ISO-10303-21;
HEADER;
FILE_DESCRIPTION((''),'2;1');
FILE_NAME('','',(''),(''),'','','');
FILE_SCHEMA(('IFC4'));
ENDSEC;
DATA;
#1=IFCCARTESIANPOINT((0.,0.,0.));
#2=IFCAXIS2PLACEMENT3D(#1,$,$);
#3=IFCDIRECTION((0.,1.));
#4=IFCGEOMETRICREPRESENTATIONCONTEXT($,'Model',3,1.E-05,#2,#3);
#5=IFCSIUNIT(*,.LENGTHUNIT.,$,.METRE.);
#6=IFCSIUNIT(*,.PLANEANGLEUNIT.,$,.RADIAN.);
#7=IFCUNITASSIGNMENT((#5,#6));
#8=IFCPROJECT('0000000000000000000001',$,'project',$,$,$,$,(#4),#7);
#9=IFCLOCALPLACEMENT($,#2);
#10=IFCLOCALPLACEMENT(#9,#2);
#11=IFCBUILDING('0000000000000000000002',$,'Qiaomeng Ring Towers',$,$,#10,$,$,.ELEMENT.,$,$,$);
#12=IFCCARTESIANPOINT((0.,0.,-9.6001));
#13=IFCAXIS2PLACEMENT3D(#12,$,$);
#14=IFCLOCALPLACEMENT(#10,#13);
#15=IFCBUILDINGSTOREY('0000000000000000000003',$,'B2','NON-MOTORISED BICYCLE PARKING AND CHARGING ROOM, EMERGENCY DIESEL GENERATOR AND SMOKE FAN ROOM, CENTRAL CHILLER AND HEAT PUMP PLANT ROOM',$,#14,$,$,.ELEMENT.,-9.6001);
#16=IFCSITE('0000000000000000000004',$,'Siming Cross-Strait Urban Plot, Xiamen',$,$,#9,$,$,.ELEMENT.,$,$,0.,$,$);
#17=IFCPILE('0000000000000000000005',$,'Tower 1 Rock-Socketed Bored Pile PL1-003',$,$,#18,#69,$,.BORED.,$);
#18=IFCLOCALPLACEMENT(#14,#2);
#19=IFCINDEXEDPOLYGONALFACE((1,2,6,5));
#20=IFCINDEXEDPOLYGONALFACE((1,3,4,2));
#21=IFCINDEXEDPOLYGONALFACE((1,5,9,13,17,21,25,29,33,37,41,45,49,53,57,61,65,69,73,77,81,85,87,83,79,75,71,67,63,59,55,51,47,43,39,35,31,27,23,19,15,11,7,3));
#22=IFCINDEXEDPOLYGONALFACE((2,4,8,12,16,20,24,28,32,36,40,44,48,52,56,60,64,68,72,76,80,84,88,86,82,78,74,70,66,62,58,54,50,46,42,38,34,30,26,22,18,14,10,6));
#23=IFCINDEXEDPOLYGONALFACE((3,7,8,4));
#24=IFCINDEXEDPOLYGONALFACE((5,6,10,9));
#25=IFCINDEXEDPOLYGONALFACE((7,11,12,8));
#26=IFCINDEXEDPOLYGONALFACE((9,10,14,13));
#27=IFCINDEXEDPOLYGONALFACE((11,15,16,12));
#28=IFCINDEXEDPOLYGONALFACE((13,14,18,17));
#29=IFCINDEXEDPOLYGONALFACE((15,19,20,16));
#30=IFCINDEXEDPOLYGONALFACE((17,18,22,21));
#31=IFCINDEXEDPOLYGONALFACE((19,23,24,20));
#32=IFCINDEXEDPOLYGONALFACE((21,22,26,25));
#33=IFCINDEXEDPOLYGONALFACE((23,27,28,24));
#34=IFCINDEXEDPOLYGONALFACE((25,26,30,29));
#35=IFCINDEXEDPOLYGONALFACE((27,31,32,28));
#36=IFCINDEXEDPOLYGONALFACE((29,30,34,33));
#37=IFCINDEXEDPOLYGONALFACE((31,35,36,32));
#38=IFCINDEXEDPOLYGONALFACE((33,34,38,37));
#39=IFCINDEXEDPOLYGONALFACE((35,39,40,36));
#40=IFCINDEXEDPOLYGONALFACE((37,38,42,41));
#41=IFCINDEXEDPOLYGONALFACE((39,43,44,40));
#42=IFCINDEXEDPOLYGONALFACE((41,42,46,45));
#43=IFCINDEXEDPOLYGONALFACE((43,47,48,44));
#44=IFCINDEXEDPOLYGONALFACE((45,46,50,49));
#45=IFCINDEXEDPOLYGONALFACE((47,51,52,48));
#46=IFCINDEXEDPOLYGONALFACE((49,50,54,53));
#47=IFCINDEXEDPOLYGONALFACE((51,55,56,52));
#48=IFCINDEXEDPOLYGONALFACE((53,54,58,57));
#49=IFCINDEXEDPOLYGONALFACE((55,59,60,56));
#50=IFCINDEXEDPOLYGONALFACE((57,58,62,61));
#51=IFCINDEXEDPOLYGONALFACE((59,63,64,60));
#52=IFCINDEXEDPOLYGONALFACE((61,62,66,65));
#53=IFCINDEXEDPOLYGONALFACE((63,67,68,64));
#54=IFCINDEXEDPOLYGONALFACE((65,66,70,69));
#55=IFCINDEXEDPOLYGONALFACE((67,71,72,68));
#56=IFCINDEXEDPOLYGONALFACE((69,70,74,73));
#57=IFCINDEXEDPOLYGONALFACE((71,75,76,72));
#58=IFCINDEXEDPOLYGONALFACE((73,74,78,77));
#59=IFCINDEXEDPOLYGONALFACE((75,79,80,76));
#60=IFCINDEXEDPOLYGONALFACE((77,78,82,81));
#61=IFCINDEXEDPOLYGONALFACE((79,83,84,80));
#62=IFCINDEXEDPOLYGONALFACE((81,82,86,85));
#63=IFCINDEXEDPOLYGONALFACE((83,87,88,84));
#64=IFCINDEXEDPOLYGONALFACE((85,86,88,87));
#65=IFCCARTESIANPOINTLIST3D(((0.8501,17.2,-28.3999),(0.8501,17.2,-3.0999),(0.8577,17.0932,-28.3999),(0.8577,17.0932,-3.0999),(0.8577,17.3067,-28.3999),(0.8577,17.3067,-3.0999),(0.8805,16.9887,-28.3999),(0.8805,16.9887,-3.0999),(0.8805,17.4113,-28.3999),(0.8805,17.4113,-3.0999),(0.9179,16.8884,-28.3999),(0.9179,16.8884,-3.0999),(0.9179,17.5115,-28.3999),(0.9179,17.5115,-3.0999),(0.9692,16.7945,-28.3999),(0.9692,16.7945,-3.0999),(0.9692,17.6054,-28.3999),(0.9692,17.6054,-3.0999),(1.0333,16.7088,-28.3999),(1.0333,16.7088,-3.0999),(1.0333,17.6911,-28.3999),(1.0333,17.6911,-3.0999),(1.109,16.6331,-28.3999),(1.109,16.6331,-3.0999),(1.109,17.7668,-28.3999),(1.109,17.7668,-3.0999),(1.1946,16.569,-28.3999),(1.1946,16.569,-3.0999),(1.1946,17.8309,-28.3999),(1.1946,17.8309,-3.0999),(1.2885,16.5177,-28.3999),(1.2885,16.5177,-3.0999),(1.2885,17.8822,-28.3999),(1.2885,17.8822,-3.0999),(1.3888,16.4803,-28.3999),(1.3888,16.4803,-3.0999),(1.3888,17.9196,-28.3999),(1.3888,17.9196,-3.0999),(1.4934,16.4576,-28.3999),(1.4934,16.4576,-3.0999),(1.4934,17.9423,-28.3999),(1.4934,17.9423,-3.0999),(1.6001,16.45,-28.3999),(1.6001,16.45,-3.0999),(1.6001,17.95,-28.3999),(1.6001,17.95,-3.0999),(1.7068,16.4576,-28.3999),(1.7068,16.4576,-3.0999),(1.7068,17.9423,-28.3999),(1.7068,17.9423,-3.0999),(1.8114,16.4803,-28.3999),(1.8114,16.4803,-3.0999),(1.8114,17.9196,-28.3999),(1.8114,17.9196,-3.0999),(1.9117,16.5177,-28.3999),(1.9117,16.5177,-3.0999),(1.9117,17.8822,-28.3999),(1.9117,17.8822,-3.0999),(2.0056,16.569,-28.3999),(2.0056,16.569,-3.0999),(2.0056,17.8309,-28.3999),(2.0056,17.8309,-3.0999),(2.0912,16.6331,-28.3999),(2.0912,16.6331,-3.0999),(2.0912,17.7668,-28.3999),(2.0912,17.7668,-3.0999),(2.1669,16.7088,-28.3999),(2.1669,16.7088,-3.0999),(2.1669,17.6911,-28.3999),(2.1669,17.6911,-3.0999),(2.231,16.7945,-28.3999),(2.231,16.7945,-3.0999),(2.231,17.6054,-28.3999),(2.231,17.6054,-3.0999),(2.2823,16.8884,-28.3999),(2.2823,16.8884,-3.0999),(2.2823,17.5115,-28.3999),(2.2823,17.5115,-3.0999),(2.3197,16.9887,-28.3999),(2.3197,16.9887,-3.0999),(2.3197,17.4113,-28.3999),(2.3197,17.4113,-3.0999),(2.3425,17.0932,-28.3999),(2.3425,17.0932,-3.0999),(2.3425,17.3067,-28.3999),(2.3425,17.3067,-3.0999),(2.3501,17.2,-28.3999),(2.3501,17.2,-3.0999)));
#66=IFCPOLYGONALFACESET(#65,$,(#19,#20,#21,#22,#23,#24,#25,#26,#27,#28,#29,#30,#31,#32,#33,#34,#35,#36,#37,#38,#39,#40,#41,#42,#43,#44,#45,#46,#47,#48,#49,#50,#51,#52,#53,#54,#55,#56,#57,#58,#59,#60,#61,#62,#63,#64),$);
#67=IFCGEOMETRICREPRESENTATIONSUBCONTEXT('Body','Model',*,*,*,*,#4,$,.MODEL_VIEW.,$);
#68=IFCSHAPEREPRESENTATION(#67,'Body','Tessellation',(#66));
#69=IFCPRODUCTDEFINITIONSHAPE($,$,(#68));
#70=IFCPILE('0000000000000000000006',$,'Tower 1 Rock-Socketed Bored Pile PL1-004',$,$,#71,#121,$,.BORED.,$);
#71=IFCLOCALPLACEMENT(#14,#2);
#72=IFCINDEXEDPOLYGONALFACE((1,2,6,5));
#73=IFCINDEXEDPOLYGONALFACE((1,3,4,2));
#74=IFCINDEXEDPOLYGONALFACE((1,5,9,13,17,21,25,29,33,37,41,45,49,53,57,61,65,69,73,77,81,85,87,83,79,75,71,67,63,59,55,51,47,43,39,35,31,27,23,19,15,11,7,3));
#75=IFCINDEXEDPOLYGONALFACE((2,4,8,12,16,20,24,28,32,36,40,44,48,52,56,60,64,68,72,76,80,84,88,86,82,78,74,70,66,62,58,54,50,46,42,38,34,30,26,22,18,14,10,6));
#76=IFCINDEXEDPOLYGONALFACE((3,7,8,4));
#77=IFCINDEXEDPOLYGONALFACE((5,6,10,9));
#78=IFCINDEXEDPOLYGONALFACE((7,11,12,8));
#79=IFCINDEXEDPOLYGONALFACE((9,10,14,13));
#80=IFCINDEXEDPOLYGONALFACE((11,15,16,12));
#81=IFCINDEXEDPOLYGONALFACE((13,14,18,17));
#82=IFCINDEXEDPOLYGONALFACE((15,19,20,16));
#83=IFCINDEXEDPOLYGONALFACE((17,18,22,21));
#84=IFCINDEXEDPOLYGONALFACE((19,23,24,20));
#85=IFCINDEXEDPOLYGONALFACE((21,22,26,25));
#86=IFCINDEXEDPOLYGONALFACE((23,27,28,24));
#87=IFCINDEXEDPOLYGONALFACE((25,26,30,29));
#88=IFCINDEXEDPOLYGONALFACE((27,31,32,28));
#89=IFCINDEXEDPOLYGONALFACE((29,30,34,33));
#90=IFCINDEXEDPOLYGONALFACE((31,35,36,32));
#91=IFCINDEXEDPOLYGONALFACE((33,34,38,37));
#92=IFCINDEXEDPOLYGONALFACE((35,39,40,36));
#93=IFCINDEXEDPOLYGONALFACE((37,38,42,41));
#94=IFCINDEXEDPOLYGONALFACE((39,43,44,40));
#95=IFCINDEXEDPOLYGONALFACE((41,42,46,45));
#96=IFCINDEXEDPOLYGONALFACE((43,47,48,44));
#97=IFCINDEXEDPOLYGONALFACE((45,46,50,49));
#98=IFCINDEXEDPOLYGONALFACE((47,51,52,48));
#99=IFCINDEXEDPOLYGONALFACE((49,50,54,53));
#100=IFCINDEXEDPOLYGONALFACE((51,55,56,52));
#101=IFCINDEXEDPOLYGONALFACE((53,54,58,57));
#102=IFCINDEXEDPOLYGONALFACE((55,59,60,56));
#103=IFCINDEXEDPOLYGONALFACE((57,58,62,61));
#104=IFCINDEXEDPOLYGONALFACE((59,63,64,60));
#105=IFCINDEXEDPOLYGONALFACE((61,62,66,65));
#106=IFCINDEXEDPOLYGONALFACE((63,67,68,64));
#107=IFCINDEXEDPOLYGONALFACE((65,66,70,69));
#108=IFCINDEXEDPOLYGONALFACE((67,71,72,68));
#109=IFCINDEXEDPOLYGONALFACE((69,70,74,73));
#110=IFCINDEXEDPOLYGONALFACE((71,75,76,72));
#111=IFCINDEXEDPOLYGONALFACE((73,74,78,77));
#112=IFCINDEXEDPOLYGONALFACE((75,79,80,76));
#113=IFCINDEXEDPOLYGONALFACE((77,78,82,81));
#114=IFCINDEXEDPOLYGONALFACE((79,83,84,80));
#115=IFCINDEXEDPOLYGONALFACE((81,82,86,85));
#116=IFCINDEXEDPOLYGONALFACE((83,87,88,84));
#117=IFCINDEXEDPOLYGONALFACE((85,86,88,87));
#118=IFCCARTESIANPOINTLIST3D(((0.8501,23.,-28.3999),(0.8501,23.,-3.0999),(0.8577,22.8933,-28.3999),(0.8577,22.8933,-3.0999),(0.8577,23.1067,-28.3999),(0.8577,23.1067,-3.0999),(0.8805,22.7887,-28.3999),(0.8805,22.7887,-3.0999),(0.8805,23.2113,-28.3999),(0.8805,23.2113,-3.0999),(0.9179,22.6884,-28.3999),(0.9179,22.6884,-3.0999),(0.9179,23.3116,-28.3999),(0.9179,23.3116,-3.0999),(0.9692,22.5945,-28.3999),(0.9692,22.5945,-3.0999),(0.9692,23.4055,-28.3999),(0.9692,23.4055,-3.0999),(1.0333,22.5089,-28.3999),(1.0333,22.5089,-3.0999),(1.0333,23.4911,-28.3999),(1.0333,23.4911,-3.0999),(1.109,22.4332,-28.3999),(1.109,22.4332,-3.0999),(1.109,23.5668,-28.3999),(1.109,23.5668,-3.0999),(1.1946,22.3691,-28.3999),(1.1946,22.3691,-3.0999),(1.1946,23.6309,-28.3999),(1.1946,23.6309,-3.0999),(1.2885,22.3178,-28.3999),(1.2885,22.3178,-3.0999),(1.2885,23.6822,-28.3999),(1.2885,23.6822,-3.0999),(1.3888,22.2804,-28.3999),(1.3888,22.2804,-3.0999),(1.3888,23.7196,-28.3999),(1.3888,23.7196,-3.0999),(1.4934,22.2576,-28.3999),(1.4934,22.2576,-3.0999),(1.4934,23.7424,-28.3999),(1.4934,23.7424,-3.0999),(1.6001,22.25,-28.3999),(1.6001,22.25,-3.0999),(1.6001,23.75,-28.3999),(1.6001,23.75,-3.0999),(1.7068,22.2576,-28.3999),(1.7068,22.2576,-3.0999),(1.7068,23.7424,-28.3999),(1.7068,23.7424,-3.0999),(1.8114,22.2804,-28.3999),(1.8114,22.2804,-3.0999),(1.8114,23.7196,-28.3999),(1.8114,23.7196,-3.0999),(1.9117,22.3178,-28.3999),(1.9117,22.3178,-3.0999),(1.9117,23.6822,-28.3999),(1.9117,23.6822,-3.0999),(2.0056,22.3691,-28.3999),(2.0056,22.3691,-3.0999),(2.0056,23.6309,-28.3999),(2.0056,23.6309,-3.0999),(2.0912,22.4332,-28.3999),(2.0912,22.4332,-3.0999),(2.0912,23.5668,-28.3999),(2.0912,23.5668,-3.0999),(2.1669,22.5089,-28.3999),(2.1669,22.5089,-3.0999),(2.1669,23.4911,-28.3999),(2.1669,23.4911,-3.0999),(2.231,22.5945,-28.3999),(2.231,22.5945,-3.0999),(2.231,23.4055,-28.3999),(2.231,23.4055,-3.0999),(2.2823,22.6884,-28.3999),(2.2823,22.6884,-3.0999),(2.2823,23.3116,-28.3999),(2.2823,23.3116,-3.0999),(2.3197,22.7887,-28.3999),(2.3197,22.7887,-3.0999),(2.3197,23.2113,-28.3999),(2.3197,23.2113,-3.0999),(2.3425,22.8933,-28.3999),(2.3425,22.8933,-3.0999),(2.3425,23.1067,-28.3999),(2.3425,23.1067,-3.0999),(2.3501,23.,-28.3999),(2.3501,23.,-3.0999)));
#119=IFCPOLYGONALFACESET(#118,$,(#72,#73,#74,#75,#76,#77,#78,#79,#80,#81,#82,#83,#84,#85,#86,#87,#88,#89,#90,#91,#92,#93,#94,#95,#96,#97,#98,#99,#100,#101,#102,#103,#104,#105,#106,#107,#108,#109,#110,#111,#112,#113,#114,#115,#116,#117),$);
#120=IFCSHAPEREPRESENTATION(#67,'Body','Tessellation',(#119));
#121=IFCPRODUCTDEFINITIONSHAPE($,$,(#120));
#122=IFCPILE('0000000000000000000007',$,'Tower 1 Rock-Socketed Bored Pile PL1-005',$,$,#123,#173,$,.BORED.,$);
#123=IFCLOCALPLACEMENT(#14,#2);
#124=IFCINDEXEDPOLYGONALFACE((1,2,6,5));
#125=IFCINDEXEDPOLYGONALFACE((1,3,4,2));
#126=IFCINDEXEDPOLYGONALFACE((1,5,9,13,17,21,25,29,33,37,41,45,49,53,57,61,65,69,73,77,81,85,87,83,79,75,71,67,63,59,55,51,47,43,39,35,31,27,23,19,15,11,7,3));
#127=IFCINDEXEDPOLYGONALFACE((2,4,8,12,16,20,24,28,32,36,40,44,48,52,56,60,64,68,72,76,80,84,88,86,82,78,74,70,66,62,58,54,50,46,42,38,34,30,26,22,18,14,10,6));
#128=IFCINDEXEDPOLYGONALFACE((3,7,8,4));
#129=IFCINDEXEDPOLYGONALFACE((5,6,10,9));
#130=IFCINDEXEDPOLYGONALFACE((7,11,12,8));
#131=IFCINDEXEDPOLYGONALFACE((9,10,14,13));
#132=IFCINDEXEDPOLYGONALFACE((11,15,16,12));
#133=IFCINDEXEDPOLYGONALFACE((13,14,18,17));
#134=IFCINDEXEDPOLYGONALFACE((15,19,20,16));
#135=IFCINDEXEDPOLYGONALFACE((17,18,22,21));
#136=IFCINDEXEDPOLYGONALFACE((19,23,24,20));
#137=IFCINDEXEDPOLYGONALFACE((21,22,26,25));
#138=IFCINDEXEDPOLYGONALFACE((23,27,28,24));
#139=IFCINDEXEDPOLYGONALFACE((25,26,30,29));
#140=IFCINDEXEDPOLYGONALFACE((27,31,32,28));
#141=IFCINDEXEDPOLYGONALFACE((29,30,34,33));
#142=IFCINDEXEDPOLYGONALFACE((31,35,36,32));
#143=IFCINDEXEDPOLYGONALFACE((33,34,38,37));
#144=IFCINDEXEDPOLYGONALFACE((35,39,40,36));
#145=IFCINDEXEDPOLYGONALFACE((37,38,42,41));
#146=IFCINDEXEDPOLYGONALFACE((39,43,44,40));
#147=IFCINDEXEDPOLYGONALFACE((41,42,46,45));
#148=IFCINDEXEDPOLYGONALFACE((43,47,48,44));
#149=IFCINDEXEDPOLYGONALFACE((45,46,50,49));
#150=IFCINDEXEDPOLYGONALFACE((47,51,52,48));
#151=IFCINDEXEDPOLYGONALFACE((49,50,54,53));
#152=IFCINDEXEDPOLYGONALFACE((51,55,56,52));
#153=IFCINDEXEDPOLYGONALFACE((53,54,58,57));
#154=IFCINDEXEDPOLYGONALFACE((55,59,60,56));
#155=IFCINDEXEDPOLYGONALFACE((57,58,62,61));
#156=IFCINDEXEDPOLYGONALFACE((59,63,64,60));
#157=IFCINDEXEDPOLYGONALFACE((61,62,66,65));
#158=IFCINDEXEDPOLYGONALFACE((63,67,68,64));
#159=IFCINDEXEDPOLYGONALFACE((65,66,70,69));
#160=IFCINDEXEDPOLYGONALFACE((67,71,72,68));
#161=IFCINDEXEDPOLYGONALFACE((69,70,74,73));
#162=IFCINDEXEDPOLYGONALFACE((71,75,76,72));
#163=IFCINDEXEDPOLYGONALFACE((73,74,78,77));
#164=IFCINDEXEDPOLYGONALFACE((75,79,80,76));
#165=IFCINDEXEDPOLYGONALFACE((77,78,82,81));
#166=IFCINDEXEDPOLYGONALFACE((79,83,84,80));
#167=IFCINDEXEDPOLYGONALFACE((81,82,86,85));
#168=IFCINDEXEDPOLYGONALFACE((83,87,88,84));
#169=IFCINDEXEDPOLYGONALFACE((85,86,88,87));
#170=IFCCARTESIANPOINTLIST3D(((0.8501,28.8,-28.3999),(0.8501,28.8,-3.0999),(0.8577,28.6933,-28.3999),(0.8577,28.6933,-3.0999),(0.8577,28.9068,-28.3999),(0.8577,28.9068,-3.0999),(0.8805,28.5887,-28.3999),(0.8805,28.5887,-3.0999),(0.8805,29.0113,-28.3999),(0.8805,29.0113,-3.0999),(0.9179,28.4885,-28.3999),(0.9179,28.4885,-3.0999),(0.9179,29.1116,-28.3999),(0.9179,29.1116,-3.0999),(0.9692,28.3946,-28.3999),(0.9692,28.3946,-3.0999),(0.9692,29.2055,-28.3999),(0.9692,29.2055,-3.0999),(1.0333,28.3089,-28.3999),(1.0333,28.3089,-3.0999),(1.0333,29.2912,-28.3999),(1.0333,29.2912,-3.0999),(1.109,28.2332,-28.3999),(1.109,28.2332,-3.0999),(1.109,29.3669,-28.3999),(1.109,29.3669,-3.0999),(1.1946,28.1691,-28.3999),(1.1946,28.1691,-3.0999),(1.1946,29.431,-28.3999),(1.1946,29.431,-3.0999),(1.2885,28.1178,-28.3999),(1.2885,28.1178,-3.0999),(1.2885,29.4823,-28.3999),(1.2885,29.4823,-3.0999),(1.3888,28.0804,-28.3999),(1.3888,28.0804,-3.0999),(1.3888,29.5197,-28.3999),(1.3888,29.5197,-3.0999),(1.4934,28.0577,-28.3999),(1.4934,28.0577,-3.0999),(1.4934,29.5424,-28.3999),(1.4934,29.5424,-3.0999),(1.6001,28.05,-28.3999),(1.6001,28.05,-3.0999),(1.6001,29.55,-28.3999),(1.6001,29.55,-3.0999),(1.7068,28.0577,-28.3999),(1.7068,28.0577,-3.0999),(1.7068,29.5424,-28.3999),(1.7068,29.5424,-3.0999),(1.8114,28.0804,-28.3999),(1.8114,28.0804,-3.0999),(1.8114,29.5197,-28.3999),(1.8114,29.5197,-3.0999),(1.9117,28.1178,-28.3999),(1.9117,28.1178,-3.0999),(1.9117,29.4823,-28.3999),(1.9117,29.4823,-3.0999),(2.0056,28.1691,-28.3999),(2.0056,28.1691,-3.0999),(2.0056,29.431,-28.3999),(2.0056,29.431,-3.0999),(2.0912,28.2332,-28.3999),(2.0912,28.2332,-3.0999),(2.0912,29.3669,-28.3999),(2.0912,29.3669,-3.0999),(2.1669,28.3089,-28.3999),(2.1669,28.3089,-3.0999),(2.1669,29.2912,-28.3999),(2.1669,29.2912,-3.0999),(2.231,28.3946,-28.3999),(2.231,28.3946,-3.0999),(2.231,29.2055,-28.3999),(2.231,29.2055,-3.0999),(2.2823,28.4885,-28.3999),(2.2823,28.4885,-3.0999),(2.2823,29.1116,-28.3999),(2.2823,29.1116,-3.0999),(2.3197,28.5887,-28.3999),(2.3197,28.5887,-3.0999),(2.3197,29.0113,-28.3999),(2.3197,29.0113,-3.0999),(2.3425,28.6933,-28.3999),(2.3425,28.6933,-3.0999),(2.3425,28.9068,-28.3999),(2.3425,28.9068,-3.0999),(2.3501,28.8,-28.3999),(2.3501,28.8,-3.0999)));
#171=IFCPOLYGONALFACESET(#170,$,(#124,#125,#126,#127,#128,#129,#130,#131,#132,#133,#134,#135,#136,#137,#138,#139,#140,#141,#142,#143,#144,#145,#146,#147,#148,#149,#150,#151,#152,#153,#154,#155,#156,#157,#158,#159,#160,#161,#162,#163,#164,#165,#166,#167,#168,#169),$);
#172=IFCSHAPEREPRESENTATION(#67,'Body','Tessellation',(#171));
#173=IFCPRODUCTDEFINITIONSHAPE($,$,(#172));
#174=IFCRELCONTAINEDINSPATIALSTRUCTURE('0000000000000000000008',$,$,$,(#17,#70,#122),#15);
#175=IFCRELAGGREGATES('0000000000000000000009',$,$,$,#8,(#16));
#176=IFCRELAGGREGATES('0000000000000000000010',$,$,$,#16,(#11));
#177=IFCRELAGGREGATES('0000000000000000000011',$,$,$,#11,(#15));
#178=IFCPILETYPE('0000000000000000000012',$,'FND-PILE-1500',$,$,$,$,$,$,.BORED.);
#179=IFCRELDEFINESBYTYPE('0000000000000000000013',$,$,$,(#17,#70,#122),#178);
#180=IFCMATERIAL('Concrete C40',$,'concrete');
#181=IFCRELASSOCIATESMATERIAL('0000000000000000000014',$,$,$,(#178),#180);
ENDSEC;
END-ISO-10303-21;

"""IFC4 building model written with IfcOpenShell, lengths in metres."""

from ifc_helpers import new_model, si_unit, direction, frame, origin, origin_2d, place, context, subcontext, project, spatial, circle, extrude, source, transform, mapped, material, material_profile, profile_set, type_object, element, save


model = new_model("IFC4")

# Units and contexts
model_context = context("Model", 3, precision=1e-05, world=origin(), true_north=direction((0.0, 1.0)))
body_context = subcontext(model_context, "Body", "Model", "MODEL_VIEW")
ifc_project = project(units=[si_unit("LENGTHUNIT", "METRE"), si_unit("PLANEANGLEUNIT", "RADIAN")], contexts=[model_context])

# Site, building, storey
site_placement = place(None, origin())
site = spatial("IfcSite", under=ifc_project, at=site_placement, Name="Siming Cross-Strait Urban Plot, Xiamen", CompositionType="ELEMENT", RefElevation=0.0)
building_placement = place(site_placement, origin())
building = spatial("IfcBuilding", under=site, at=building_placement, Name="Qiaomeng Ring Towers", CompositionType="ELEMENT")
storey_placement = place(building_placement, frame((0.0, 0.0, -9.6001)))
storey = spatial("IfcBuildingStorey", under=building, at=storey_placement, Name="B2", Description="NON-MOTORISED BICYCLE PARKING AND CHARGING ROOM, EMERGENCY DIESEL GENERATOR AND SMOKE FAN ROOM, CENTRAL CHILLER AND HEAT PUMP PLANT ROOM", CompositionType="ELEMENT", Elevation=-9.6001)

# Piles
ifc_material_1 = material(Name="Concrete C40", Category="concrete")
ifc_material_profile_1 = material_profile(ifc_material_1, circle(Radius=0.75, at=origin_2d()), Name="BORED PILE 1500")
ifc_profile_set_1 = profile_set([ifc_material_profile_1], Name="Concrete C40")
pile_type = type_object("IfcPileType", Name="FND-PILE-1500", PredefinedType="BORED", material=ifc_profile_set_1)
shared_shape_1 = source(origin(), body_context, "Body", "SweptSolid", [
    extrude(circle(Radius=0.75, at=origin_2d()), origin(), (0.0, 0.0, 1.0), 25.3),
])
for number, where, z_axis, x_axis, name in (
    (1, (1.6001, 17.2, -3.0999), (0.0, 0.0, -1.0), (1.0, 0.0, 0.0), "Tower 1 Rock-Socketed Bored Pile PL1-003"),
    (2, (1.6001, 23.0, -3.0999), (0.0, 0.0, -1.0), (1.0, 0.0, 0.0), "Tower 1 Rock-Socketed Bored Pile PL1-004"),
    (3, (1.6001, 28.8, -3.0999), (0.0, 0.0, -1.0), (1.0, 0.0, 0.0), "Tower 1 Rock-Socketed Bored Pile PL1-005"),
):
    element("IfcPile", number, at=place(storey_placement, frame(where, z_axis=z_axis, x_axis=x_axis)), inside=storey, type_object=pile_type, Name=name, PredefinedType="BORED", context=body_context, shape_type="MappedRepresentation", body=[
        mapped(shared_shape_1, transform((0.0, 0.0, 0.0), x_axis=(1.0, 0.0, 0.0), y_axis=(0.0, 1.0, 0.0), z_axis=(0.0, 0.0, 1.0), scale=1.0)),
    ])

save(model, "model.ifc")
